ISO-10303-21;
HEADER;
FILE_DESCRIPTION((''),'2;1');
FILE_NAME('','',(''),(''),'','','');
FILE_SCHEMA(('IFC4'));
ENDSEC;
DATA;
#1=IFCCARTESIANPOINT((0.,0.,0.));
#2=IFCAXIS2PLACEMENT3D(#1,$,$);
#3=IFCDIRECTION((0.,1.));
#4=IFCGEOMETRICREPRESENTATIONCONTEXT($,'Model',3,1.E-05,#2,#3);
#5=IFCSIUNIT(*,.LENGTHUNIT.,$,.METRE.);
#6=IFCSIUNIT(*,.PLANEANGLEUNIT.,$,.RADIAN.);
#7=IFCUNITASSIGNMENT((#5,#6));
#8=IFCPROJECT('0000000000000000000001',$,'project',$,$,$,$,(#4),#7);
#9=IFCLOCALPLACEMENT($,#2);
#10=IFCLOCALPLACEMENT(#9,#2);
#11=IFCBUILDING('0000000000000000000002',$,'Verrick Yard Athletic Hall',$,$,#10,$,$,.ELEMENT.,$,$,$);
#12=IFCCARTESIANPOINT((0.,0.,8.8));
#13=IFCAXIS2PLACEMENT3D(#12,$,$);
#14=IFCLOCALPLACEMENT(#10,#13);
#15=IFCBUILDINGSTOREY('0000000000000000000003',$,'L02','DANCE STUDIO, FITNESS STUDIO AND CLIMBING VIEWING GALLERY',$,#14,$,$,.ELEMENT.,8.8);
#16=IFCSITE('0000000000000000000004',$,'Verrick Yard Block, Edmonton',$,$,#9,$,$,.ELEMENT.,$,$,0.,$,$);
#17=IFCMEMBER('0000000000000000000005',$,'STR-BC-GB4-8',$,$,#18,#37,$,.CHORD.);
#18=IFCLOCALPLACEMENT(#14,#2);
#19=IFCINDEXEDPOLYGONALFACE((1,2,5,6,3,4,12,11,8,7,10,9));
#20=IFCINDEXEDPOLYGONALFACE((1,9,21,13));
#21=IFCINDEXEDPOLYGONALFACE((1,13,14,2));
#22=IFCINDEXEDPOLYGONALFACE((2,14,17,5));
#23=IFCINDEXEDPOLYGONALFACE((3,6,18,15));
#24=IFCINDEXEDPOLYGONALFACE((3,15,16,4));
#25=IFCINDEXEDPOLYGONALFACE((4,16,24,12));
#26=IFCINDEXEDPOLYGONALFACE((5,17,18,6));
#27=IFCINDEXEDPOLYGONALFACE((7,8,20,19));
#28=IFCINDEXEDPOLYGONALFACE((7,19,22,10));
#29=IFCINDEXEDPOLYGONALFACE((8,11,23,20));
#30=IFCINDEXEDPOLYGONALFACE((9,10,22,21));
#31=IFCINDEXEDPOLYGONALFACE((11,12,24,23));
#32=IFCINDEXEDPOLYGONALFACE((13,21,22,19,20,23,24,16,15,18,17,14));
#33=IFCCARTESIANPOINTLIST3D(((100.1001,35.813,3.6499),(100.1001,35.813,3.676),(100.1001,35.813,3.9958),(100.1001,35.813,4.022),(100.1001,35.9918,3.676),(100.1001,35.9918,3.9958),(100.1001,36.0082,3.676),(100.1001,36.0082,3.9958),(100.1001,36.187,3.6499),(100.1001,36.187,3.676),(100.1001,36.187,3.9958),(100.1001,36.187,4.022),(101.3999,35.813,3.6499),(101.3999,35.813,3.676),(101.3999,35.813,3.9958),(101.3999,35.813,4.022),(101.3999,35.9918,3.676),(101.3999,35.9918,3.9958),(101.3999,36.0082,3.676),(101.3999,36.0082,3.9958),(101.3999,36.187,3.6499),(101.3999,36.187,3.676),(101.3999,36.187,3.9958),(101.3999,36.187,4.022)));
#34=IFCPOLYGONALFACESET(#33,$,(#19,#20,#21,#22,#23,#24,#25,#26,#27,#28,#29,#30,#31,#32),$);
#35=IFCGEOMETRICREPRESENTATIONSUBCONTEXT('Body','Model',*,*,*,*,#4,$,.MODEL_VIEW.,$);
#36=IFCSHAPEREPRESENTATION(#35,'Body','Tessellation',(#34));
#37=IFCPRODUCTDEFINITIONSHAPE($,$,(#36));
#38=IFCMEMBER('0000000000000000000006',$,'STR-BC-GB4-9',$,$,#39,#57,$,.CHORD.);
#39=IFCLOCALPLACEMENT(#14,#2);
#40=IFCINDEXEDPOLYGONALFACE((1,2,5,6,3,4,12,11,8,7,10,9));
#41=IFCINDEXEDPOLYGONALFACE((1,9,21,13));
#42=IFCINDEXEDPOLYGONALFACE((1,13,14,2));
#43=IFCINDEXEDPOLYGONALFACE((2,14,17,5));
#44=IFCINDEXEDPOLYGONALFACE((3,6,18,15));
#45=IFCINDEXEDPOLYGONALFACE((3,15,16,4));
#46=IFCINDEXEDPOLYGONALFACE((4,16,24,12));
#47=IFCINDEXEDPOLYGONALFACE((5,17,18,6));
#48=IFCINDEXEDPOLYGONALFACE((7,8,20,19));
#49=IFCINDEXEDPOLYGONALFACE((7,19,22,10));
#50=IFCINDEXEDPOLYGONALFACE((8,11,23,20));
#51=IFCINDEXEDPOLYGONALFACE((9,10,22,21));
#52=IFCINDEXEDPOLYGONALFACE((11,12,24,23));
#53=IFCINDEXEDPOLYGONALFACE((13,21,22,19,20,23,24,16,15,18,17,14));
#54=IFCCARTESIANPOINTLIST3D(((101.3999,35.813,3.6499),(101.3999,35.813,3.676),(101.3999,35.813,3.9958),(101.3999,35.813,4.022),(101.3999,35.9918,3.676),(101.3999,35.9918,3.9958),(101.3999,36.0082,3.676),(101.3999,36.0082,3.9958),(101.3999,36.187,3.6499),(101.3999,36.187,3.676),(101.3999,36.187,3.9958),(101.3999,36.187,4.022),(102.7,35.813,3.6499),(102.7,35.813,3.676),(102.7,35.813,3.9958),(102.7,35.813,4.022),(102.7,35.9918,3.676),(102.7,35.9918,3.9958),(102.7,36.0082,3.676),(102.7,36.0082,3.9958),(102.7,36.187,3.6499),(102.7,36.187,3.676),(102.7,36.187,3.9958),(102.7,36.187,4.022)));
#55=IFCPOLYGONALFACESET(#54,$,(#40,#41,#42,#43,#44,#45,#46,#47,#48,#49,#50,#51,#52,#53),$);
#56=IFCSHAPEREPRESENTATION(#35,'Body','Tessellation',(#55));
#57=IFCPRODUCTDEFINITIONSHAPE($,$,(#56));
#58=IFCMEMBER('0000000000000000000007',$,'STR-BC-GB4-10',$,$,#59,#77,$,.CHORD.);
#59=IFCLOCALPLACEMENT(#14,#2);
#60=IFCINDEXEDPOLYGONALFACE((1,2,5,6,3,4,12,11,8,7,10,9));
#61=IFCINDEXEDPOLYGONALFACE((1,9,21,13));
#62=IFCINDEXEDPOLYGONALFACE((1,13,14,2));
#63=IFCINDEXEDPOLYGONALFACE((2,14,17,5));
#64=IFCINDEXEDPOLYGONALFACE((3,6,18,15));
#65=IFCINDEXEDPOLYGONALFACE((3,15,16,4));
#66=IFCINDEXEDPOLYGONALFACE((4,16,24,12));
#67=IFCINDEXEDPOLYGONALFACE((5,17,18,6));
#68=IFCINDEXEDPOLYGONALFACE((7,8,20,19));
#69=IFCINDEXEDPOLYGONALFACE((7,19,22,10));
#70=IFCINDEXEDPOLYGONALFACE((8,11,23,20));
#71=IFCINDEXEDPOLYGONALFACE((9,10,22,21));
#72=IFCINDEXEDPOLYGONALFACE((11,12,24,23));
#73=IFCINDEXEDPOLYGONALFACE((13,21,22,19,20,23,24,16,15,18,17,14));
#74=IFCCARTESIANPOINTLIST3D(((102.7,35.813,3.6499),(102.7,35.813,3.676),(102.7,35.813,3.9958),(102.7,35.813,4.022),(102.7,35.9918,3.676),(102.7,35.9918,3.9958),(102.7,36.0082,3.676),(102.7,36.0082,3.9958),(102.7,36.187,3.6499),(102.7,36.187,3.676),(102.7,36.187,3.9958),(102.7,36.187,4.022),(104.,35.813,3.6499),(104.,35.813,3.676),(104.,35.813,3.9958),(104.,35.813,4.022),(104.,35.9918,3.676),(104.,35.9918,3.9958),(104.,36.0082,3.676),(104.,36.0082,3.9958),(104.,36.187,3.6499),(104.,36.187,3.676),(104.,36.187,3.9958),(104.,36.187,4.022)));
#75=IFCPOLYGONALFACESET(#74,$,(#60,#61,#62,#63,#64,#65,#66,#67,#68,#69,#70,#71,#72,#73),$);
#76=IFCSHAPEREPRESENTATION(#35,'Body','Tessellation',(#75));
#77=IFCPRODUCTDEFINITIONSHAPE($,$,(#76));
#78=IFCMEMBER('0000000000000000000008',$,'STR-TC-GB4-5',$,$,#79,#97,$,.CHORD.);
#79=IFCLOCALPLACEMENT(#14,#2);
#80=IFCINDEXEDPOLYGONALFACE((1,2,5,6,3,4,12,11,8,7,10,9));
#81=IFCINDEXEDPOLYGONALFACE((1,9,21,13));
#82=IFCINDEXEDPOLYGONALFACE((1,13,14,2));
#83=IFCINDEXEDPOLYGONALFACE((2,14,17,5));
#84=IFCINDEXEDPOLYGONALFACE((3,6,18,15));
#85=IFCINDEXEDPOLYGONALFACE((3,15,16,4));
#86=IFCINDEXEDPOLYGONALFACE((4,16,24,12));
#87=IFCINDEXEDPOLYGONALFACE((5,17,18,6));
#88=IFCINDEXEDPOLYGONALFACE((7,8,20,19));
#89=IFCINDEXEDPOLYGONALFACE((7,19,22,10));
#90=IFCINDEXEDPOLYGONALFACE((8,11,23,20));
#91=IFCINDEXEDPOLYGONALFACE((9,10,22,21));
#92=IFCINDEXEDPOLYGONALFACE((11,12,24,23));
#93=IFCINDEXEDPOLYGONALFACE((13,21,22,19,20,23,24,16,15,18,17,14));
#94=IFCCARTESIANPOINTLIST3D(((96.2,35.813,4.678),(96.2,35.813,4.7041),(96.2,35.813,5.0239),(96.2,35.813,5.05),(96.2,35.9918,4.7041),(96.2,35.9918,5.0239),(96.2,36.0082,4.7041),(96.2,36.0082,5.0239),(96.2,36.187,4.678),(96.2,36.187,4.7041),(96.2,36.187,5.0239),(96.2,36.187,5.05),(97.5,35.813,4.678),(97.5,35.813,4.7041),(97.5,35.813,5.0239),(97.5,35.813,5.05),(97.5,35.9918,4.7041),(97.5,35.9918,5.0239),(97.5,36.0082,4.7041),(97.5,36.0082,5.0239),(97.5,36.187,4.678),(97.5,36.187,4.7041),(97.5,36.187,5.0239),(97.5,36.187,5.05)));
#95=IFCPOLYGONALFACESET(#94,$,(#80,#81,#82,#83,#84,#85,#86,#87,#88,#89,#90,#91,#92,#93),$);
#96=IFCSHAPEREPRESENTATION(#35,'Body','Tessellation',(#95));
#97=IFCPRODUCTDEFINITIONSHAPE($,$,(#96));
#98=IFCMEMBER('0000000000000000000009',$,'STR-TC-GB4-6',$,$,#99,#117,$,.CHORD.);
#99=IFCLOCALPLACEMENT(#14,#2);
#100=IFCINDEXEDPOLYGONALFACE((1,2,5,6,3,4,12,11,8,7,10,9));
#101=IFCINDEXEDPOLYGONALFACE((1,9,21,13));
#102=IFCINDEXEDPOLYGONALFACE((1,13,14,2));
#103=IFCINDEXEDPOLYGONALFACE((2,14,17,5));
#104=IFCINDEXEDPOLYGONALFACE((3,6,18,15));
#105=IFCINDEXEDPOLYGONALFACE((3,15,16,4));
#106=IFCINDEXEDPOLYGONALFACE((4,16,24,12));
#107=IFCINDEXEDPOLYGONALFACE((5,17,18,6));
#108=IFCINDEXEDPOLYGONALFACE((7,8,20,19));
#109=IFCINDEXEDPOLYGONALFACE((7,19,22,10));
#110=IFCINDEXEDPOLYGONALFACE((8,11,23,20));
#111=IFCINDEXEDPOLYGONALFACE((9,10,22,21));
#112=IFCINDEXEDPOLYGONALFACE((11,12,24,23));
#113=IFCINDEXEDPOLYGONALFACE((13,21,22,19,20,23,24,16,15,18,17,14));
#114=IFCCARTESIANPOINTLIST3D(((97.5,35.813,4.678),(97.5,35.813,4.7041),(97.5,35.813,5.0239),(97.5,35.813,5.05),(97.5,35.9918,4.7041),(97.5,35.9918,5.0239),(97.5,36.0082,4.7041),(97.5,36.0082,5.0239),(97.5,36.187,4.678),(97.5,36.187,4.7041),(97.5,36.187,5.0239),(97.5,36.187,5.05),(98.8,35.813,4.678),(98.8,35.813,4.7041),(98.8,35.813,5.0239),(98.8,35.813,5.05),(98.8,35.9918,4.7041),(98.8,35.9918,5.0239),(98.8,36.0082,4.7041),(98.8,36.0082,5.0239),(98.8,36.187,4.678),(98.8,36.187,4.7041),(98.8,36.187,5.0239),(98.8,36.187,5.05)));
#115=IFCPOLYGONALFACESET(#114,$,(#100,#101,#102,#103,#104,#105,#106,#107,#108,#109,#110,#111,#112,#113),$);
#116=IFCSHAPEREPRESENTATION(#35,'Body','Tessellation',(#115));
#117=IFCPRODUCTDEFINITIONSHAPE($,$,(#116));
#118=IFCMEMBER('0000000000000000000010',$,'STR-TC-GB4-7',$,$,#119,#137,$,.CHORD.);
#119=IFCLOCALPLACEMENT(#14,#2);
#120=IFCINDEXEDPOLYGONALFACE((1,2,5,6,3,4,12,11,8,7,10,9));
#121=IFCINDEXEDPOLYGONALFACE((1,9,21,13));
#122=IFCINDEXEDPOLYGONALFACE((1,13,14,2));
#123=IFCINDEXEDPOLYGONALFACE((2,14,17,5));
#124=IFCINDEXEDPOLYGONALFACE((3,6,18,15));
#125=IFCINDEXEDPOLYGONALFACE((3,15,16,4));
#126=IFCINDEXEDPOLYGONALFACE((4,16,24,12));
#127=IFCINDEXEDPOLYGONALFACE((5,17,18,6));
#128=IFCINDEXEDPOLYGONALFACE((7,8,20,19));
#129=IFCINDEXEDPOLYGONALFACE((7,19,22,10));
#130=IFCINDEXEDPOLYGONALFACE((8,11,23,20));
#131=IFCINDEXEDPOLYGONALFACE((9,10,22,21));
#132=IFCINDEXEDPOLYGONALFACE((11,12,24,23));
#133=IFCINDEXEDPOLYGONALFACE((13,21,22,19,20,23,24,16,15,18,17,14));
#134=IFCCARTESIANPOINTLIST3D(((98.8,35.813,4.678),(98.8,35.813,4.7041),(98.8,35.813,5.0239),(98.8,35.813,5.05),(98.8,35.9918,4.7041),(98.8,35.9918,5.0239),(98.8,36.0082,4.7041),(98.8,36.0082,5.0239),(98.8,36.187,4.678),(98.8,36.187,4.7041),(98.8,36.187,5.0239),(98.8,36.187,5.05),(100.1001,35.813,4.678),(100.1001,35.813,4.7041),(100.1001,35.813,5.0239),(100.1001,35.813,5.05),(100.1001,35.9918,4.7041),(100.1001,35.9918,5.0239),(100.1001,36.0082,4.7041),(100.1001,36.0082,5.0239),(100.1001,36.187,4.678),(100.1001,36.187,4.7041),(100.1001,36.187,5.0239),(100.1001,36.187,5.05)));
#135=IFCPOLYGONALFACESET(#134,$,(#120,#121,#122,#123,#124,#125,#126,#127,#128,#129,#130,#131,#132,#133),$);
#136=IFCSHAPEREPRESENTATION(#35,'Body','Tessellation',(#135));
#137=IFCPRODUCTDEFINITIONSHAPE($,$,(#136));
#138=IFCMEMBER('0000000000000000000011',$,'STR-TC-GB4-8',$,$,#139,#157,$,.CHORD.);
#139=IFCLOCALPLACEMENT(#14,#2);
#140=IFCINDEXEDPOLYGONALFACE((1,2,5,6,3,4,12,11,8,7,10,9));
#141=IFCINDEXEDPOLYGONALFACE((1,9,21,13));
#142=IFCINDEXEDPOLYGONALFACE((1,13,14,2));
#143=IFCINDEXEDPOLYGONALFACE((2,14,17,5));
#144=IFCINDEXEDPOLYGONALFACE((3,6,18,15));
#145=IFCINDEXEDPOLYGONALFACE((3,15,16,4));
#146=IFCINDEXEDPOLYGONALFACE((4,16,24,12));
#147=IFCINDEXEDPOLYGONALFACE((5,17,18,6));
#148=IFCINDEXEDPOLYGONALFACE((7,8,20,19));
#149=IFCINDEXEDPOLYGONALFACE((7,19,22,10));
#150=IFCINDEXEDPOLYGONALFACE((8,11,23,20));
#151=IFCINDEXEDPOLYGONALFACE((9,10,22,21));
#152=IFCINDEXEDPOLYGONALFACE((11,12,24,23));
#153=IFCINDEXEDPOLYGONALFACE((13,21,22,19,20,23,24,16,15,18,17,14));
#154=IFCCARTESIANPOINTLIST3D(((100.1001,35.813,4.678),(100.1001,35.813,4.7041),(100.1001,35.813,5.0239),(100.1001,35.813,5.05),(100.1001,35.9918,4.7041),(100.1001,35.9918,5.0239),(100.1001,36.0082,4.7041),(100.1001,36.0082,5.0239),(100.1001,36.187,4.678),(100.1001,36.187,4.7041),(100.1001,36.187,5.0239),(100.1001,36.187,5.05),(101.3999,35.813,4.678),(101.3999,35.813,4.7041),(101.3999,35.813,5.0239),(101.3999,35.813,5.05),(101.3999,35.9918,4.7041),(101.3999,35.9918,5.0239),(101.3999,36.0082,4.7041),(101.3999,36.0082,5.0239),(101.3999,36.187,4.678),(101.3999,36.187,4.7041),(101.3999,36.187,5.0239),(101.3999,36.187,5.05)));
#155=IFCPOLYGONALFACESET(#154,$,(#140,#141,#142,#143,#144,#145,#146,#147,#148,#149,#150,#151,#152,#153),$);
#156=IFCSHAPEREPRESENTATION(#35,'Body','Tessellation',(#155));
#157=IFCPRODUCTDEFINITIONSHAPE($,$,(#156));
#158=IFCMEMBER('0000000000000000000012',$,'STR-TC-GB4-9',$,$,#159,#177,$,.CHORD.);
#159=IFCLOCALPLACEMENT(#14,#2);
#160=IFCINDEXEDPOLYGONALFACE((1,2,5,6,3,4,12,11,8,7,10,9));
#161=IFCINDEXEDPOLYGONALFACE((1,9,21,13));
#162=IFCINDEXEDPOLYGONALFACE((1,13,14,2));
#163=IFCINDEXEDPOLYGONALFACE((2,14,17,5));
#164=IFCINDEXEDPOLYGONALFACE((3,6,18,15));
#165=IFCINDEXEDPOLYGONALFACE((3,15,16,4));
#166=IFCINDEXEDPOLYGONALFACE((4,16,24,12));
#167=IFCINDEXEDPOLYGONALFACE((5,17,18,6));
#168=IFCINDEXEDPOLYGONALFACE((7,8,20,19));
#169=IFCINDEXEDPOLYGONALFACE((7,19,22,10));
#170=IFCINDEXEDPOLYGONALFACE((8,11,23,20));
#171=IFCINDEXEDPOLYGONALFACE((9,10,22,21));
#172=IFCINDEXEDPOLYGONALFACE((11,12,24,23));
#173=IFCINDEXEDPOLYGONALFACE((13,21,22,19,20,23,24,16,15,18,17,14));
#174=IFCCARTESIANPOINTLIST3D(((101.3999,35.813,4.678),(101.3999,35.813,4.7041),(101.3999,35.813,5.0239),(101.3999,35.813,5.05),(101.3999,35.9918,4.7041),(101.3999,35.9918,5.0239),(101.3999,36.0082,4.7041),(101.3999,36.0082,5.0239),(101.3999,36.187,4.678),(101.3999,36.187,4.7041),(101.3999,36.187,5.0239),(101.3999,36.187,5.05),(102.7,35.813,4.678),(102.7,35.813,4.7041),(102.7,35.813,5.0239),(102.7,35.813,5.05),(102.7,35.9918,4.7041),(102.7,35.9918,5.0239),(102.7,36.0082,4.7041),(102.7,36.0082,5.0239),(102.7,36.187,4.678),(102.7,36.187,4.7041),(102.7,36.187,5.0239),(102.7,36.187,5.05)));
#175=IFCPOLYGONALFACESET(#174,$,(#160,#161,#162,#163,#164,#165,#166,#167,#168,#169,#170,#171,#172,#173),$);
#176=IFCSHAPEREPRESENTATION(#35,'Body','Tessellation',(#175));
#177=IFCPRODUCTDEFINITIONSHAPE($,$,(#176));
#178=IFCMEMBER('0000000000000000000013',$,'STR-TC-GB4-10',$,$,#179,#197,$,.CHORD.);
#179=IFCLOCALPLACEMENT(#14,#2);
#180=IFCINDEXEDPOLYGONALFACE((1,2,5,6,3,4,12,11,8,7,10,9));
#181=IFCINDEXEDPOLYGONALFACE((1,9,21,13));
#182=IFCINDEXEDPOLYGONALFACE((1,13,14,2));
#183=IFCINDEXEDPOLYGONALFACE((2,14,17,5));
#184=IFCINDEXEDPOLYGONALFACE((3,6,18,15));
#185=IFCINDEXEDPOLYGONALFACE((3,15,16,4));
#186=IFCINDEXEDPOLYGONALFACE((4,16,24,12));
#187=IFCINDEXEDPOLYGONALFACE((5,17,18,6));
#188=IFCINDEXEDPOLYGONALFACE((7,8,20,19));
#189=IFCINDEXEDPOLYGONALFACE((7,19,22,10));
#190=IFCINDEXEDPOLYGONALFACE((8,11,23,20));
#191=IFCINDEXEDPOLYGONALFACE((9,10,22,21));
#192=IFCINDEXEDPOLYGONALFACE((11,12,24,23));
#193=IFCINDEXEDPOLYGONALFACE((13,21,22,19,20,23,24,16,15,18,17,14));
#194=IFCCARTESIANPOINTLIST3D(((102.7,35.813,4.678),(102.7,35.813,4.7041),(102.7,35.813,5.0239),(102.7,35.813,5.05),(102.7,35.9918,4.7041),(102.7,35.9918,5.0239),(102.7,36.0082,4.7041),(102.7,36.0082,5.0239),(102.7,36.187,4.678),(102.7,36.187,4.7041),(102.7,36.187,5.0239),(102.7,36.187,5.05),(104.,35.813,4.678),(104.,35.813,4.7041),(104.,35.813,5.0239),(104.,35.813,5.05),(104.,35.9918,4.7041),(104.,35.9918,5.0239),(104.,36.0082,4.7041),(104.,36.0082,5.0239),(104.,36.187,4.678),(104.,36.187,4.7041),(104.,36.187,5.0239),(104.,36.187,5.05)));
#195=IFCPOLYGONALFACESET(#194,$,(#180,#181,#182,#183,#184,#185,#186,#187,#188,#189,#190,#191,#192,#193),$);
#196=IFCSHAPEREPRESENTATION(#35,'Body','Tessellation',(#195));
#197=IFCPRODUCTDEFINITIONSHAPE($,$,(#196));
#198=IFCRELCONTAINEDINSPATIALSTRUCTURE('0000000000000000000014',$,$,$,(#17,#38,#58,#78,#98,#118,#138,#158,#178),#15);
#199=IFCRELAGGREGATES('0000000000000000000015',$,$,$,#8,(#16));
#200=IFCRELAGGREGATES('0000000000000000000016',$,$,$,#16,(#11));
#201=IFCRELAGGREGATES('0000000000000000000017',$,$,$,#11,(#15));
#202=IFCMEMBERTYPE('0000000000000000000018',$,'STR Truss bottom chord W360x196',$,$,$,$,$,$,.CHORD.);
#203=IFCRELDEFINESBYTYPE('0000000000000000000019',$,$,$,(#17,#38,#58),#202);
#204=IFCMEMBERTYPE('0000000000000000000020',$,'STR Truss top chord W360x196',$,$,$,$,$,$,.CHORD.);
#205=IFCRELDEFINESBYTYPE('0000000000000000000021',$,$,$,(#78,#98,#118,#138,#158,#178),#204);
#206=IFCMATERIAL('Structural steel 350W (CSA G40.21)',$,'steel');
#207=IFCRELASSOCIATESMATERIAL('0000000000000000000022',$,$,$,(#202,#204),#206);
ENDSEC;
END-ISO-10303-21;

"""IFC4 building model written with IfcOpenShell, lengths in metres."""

from ifc_helpers import new_model, si_unit, direction, frame, origin, origin_2d, place, context, subcontext, project, spatial, i_section, extrude, material, material_profile, profile_set, type_object, element, save


model = new_model("IFC4")

# Units and contexts
model_context = context("Model", 3, precision=1e-05, world=origin(), true_north=direction((0.0, 1.0)))
body_context = subcontext(model_context, "Body", "Model", "MODEL_VIEW")
ifc_project = project(units=[si_unit("LENGTHUNIT", "METRE"), si_unit("PLANEANGLEUNIT", "RADIAN")], contexts=[model_context])

# Site, building, storey
site_placement = place(None, origin())
site = spatial("IfcSite", under=ifc_project, at=site_placement, Name="Verrick Yard Block, Edmonton", CompositionType="ELEMENT", RefElevation=0.0)
building_placement = place(site_placement, origin())
building = spatial("IfcBuilding", under=site, at=building_placement, Name="Verrick Yard Athletic Hall", CompositionType="ELEMENT")
storey_placement = place(building_placement, frame((0.0, 0.0, 8.8)))
storey = spatial("IfcBuildingStorey", under=building, at=storey_placement, Name="L02", Description="DANCE STUDIO, FITNESS STUDIO AND CLIMBING VIEWING GALLERY", CompositionType="ELEMENT", Elevation=8.8)

# Shared definitions
ifc_material_1 = material(Name="Structural steel 350W (CSA G40.21)", Category="steel")

# Members
ifc_material_profile_1 = material_profile(ifc_material_1, i_section(OverallWidth=0.374, OverallDepth=0.3721, WebThickness=0.0164, FlangeThickness=0.0261, at=origin_2d()), Name="W360x196")
ifc_profile_set_1 = profile_set([ifc_material_profile_1], Name="Structural steel 350W (CSA G40.21)")
member_type_1 = type_object("IfcMemberType", Name="STR Truss bottom chord W360x196", PredefinedType="CHORD", material=ifc_profile_set_1)
member_1_placement = place(storey_placement, frame((100.1001, 36.0, 3.8359), z_axis=(1.0, 0.0, 0.0), x_axis=(0.0, 1.0, 0.0)))
element("IfcMember", 1, at=member_1_placement, inside=storey, type_object=member_type_1, Name="STR-BC-GB4-8", PredefinedType="CHORD", context=body_context, shape_type="SweptSolid", body=[
    extrude(i_section(OverallWidth=0.374, OverallDepth=0.3721, WebThickness=0.0164, FlangeThickness=0.0261, at=origin_2d()), origin(), (0.0, 0.0, 1.0), 1.2998),
])
for number, where, z_axis, x_axis, name in (
    (2, (101.3999, 36.0, 3.8359), (1.0, 0.0, 0.0), (0.0, 1.0, 0.0), "STR-BC-GB4-9"),
    (3, (102.7, 36.0, 3.8359), (1.0, 0.0, 0.0), (0.0, 1.0, 0.0), "STR-BC-GB4-10"),
):
    element("IfcMember", number, at=place(storey_placement, frame(where, z_axis=z_axis, x_axis=x_axis)), inside=storey, type_object=member_type_1, Name=name, PredefinedType="CHORD", context=body_context, shape_type="SweptSolid", body=[
        extrude(i_section(OverallWidth=0.374, OverallDepth=0.3721, WebThickness=0.0164, FlangeThickness=0.0261, at=origin_2d()), origin(), (0.0, 0.0, 1.0), 1.3),
    ])
ifc_material_profile_2 = material_profile(ifc_material_1, i_section(OverallWidth=0.374, OverallDepth=0.3721, WebThickness=0.0164, FlangeThickness=0.0261, at=origin_2d()), Name="W360x196")
ifc_profile_set_2 = profile_set([ifc_material_profile_2], Name="Structural steel 350W (CSA G40.21)")
member_type_2 = type_object("IfcMemberType", Name="STR Truss top chord W360x196", PredefinedType="CHORD", material=ifc_profile_set_2)
for number, where, z_axis, x_axis, name in (
    (4, (96.2, 36.0, 4.864), (1.0, 0.0, 0.0), (0.0, 1.0, 0.0), "STR-TC-GB4-5"),
    (5, (97.5, 36.0, 4.864), (1.0, 0.0, 0.0), (0.0, 1.0, 0.0), "STR-TC-GB4-6"),
    (6, (98.8, 36.0, 4.864), (1.0, 0.0, 0.0), (0.0, 1.0, 0.0), "STR-TC-GB4-7"),
):
    element("IfcMember", number, at=place(storey_placement, frame(where, z_axis=z_axis, x_axis=x_axis)), inside=storey, type_object=member_type_2, Name=name, PredefinedType="CHORD", context=body_context, shape_type="SweptSolid", body=[
        extrude(i_section(OverallWidth=0.374, OverallDepth=0.3721, WebThickness=0.0164, FlangeThickness=0.0261, at=origin_2d()), origin(), (0.0, 0.0, 1.0), 1.3),
    ])
member_2_placement = place(storey_placement, frame((100.1001, 36.0, 4.864), z_axis=(1.0, 0.0, 0.0), x_axis=(0.0, 1.0, 0.0)))
element("IfcMember", 7, at=member_2_placement, inside=storey, type_object=member_type_2, Name="STR-TC-GB4-8", PredefinedType="CHORD", context=body_context, shape_type="SweptSolid", body=[
    extrude(i_section(OverallWidth=0.374, OverallDepth=0.3721, WebThickness=0.0164, FlangeThickness=0.0261, at=origin_2d()), origin(), (0.0, 0.0, 1.0), 1.2998),
])
for number, where, z_axis, x_axis, name in (
    (8, (101.3999, 36.0, 4.864), (1.0, 0.0, 0.0), (0.0, 1.0, 0.0), "STR-TC-GB4-9"),
    (9, (102.7, 36.0, 4.864), (1.0, 0.0, 0.0), (0.0, 1.0, 0.0), "STR-TC-GB4-10"),
):
    element("IfcMember", number, at=place(storey_placement, frame(where, z_axis=z_axis, x_axis=x_axis)), inside=storey, type_object=member_type_2, Name=name, PredefinedType="CHORD", context=body_context, shape_type="SweptSolid", body=[
        extrude(i_section(OverallWidth=0.374, OverallDepth=0.3721, WebThickness=0.0164, FlangeThickness=0.0261, at=origin_2d()), origin(), (0.0, 0.0, 1.0), 1.3),
    ])

save(model, "model.ifc")
